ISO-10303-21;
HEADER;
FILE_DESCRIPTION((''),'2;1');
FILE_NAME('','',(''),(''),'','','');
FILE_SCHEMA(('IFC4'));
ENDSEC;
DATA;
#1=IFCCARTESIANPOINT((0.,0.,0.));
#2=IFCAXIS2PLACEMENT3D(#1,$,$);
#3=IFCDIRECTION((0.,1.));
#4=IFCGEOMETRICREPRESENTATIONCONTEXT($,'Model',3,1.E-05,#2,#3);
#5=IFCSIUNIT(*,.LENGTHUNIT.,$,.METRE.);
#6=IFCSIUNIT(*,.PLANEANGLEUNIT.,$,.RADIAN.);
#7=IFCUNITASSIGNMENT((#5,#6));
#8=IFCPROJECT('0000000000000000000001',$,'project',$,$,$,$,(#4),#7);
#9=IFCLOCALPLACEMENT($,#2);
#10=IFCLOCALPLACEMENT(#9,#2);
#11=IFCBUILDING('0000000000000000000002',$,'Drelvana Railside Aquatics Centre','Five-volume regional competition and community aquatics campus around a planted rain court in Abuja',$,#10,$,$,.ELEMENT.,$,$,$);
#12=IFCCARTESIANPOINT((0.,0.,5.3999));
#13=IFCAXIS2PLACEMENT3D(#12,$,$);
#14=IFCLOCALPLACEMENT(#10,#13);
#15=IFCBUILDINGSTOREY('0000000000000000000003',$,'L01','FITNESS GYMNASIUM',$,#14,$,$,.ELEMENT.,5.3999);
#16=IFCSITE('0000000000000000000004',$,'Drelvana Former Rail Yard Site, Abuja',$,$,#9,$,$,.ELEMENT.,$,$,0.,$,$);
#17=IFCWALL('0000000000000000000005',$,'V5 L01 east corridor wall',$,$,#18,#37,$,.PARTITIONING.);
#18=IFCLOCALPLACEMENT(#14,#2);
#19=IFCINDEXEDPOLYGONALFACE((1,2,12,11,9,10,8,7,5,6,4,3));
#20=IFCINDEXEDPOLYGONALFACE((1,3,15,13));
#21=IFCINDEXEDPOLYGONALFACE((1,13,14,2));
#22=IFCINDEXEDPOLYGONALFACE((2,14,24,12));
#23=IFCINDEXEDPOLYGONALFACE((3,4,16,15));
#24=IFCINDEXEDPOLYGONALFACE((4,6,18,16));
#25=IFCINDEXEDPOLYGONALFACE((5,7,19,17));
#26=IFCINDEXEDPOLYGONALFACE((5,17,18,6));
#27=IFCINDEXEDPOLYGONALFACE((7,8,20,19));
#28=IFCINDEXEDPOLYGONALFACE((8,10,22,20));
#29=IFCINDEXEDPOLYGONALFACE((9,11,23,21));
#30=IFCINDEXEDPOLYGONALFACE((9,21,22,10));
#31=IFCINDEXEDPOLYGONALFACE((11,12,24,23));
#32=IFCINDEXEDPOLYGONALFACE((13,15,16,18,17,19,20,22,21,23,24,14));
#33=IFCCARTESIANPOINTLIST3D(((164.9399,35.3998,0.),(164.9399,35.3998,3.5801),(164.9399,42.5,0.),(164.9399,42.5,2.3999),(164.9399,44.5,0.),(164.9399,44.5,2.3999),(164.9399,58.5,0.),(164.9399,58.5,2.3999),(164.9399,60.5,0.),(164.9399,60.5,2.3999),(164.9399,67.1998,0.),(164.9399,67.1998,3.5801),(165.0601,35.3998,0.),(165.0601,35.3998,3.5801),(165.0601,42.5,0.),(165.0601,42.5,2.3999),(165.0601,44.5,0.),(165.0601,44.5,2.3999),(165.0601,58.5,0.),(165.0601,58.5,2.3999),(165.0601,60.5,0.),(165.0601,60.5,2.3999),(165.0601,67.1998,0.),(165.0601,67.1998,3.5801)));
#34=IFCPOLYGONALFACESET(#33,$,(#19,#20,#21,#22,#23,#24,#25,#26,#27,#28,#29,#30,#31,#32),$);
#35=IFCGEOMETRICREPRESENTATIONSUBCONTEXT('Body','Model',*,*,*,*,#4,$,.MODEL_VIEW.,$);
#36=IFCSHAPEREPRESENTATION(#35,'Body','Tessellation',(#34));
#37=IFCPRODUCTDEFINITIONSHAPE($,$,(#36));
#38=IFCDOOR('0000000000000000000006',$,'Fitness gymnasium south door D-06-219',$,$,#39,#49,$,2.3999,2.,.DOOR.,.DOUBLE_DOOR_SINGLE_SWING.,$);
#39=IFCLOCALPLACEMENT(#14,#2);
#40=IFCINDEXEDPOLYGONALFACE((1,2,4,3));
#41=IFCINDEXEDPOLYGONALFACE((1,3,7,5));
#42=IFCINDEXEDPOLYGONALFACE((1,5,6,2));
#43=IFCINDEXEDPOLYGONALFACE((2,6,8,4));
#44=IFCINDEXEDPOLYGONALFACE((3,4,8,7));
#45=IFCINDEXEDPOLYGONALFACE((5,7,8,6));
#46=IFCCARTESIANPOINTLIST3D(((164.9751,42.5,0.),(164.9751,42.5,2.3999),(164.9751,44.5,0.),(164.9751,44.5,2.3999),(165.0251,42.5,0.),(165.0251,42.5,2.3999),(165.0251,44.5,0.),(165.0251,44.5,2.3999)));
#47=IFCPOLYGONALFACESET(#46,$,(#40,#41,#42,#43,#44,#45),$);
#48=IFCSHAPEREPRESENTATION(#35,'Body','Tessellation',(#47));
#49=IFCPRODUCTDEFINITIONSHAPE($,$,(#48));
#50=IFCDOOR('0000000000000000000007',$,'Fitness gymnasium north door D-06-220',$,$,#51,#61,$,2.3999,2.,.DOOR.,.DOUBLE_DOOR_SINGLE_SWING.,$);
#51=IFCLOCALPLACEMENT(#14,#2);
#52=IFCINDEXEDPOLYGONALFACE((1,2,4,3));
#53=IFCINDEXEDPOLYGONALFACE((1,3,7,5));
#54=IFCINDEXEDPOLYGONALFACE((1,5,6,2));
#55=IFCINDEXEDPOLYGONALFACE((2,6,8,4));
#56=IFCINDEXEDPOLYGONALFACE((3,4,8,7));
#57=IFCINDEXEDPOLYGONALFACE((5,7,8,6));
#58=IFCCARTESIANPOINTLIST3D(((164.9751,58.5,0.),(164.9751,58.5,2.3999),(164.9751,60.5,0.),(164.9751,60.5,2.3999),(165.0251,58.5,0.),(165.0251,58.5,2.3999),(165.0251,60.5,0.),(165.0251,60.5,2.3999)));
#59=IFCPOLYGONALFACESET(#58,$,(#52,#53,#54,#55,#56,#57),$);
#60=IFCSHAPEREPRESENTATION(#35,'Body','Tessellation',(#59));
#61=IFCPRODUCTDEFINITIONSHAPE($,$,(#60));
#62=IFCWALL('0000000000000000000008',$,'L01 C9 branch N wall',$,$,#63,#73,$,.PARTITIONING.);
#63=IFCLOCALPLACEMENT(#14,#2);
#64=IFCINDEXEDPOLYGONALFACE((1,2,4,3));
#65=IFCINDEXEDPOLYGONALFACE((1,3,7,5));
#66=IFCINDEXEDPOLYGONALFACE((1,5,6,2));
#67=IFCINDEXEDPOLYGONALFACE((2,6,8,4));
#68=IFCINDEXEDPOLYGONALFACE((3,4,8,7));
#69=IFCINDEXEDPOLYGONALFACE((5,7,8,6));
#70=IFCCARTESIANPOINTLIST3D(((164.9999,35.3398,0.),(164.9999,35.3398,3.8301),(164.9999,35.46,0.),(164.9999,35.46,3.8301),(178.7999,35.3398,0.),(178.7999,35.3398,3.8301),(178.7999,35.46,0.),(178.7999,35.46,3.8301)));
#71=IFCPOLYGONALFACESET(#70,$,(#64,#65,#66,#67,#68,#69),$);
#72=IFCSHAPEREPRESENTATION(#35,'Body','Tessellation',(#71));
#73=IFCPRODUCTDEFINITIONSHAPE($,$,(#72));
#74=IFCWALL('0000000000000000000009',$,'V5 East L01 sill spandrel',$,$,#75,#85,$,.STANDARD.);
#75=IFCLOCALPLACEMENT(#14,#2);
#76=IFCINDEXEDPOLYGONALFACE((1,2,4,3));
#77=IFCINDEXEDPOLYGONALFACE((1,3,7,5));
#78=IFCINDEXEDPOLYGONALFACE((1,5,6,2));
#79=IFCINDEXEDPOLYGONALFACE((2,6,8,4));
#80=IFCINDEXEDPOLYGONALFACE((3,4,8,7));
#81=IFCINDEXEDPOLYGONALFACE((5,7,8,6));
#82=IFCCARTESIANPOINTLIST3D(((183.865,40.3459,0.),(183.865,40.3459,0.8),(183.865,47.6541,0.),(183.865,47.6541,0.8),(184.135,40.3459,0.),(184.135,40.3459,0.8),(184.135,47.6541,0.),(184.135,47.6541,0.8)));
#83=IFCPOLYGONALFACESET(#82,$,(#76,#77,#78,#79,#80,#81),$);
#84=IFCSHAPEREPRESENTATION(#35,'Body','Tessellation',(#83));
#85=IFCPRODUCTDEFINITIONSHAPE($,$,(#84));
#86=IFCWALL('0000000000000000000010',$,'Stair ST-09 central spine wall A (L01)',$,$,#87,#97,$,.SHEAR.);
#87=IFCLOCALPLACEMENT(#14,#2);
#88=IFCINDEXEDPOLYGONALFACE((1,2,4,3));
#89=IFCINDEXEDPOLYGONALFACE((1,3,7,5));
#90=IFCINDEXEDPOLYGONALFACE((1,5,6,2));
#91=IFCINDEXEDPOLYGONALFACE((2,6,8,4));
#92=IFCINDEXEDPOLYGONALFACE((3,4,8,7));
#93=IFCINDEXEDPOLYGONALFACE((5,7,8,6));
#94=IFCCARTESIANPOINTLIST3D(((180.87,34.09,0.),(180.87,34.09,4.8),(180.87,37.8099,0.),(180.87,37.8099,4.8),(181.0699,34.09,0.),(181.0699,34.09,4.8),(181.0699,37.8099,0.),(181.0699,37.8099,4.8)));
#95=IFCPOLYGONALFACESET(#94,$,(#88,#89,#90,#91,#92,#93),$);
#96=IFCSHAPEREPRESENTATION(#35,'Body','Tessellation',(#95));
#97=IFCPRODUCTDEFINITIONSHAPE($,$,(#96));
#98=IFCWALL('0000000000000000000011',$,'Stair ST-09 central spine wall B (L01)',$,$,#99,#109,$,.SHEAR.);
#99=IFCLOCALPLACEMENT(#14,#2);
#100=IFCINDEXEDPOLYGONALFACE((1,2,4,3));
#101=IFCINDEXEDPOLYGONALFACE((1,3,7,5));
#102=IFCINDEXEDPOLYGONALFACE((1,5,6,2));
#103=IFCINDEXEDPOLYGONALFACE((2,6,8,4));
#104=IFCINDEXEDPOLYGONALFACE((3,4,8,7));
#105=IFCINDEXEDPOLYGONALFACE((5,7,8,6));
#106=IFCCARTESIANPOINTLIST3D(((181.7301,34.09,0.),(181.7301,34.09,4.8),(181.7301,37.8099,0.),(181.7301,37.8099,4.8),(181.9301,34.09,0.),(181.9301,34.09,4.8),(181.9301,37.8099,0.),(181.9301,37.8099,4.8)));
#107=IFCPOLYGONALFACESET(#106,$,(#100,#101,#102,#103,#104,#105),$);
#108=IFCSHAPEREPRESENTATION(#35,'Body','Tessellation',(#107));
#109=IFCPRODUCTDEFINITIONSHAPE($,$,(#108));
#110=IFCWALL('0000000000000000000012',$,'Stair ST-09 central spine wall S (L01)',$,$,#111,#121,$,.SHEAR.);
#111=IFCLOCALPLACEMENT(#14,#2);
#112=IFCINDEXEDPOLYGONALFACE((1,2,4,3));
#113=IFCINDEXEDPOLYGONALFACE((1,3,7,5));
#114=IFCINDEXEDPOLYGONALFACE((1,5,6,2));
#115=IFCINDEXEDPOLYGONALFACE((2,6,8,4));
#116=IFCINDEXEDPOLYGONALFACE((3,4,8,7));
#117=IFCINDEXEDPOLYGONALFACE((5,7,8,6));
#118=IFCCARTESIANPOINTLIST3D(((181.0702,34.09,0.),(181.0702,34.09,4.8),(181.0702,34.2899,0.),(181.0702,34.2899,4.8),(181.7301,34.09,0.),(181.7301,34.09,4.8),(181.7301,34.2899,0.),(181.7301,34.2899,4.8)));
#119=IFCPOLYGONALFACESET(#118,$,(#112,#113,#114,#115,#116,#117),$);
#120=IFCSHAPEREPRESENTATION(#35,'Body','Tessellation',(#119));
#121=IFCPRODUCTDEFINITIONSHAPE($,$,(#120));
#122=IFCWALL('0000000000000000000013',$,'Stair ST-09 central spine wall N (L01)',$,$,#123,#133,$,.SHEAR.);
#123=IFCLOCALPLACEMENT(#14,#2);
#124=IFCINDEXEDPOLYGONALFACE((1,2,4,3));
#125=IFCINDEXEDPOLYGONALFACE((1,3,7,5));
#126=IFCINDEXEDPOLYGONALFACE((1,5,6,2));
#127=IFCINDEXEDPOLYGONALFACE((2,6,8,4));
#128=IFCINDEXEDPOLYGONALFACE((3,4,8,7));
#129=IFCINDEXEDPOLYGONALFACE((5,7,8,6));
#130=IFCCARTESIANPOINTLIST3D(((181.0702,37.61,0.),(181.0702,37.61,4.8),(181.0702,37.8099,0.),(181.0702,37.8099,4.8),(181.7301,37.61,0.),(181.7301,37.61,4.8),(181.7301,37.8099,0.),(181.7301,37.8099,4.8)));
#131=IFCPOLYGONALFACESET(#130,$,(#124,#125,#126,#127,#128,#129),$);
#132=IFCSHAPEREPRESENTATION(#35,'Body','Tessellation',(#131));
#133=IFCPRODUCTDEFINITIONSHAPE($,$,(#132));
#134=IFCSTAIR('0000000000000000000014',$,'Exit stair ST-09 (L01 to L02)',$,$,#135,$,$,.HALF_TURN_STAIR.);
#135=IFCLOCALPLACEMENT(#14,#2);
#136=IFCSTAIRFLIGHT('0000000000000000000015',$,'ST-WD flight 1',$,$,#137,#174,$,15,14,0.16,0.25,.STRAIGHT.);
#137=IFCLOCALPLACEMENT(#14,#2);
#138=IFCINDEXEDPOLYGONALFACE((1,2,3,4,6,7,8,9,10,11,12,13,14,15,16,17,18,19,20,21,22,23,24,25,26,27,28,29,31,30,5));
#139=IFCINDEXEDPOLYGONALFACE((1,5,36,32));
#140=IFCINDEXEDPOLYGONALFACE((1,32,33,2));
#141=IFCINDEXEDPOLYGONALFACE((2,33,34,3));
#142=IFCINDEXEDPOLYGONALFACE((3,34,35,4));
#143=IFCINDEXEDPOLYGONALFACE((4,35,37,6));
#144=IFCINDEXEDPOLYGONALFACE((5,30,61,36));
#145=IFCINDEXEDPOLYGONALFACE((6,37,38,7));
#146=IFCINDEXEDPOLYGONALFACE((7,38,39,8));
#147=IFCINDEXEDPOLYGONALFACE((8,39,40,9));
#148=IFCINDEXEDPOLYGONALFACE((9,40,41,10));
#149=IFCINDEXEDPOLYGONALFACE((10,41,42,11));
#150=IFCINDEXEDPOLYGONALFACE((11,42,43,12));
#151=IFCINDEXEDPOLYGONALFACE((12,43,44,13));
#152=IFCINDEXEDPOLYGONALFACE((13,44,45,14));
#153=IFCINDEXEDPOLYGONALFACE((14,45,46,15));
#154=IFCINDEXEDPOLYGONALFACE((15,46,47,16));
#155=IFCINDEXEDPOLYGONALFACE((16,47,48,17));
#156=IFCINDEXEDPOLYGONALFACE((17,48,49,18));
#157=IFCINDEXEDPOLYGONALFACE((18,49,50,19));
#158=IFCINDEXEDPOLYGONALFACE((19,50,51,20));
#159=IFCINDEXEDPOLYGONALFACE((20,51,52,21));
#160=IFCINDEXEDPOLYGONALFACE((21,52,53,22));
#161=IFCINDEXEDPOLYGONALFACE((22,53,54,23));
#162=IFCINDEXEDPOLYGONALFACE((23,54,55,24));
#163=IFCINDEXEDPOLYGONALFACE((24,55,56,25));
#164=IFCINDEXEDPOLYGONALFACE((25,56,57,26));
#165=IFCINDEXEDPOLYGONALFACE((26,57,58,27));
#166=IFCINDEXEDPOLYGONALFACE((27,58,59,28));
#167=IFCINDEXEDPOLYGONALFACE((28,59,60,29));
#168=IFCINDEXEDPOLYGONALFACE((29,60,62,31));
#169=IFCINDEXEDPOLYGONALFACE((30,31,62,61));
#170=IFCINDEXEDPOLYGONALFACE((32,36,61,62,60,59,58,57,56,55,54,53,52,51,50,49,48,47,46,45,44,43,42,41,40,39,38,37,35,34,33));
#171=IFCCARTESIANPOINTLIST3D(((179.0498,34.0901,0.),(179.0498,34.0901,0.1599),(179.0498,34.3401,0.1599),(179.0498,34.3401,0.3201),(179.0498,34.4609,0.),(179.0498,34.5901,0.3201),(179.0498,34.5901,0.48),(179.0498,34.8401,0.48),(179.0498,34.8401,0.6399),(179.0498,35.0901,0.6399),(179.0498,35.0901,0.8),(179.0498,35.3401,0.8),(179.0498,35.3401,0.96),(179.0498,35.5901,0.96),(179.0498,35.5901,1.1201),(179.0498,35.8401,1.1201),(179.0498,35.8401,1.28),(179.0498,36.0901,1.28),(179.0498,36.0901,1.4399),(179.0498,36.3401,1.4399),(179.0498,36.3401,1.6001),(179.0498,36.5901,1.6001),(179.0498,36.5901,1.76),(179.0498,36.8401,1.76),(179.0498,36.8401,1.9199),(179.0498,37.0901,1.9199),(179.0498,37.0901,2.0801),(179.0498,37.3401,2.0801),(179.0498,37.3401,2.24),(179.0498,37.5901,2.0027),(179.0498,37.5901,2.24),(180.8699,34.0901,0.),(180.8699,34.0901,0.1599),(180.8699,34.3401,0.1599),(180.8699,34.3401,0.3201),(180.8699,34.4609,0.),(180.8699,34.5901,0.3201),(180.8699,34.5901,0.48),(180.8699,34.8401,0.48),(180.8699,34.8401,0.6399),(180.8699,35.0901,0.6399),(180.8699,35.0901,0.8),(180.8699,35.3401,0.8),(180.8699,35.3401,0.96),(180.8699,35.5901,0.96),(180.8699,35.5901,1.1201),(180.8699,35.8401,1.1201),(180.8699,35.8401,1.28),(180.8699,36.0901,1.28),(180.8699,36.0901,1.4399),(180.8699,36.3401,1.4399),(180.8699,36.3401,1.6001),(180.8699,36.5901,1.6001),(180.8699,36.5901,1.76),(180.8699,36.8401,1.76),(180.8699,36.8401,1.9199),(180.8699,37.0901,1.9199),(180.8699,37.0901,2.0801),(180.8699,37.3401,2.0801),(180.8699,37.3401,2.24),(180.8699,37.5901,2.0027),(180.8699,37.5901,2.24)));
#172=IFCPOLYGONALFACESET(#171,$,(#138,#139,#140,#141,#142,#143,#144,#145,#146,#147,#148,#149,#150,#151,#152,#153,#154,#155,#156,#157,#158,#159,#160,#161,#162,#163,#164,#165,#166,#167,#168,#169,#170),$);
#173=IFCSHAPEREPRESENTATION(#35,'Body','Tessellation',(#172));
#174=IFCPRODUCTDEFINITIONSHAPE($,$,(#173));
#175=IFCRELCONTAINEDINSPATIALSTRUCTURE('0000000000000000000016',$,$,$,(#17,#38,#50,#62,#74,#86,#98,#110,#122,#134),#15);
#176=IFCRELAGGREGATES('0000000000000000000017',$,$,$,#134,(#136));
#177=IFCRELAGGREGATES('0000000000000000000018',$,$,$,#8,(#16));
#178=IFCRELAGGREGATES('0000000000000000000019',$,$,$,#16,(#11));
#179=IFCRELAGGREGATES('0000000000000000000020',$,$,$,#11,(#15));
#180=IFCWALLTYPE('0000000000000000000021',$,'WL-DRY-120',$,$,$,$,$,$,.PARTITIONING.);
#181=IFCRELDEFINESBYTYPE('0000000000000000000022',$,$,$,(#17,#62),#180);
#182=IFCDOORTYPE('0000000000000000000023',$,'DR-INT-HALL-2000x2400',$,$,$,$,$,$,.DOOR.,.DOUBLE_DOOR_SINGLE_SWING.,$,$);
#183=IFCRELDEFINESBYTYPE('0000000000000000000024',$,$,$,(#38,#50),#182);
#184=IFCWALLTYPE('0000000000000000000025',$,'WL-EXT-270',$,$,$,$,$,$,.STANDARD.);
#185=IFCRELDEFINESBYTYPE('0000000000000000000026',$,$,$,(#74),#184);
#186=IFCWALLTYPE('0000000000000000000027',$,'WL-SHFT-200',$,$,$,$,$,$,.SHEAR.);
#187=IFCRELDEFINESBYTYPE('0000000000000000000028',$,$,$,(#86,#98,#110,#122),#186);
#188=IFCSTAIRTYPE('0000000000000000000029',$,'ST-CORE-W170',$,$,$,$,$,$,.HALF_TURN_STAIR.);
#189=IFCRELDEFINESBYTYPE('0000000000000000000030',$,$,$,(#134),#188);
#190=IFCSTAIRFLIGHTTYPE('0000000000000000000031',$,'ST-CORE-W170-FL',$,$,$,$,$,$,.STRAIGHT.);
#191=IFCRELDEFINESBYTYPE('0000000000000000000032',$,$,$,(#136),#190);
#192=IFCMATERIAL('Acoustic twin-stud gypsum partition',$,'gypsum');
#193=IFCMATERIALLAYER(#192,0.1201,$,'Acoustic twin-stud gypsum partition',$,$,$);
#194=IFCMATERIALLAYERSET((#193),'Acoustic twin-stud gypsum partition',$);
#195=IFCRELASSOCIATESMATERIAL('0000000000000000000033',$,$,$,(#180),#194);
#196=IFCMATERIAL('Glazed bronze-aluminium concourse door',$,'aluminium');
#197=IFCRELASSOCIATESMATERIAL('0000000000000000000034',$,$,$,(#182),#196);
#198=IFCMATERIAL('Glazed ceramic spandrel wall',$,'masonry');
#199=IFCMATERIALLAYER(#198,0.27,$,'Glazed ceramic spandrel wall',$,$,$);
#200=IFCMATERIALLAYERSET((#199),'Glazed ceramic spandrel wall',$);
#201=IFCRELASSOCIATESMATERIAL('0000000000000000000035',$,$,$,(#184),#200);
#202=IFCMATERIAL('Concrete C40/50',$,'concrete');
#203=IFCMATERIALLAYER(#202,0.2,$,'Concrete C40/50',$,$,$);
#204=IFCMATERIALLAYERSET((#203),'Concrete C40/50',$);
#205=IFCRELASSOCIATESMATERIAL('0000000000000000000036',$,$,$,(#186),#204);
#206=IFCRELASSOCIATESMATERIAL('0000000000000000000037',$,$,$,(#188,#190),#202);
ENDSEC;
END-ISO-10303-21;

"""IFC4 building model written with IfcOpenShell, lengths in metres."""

from ifc_helpers import new_model, si_unit, direction, frame, frame_2d, origin, place, context, subcontext, project, spatial, polyline, rectangle, outline, extrude, material, layer, layer_set, type_object, element, fill, aggregate, save


model = new_model("IFC4")

# Units and contexts
model_context = context("Model", 3, precision=1e-05, world=origin(), true_north=direction((0.0, 1.0)))
body_context = subcontext(model_context, "Body", "Model", "MODEL_VIEW")
ifc_project = project(units=[si_unit("LENGTHUNIT", "METRE"), si_unit("PLANEANGLEUNIT", "RADIAN")], contexts=[model_context])

# Site, building, storey
site_placement = place(None, origin())
site = spatial("IfcSite", under=ifc_project, at=site_placement, Name="Drelvana Former Rail Yard Site, Abuja", CompositionType="ELEMENT", RefElevation=0.0)
building_placement = place(site_placement, origin())
building = spatial("IfcBuilding", under=site, at=building_placement, Name="Drelvana Railside Aquatics Centre", Description="Five-volume regional competition and community aquatics campus around a planted rain court in Abuja", CompositionType="ELEMENT")
storey_placement = place(building_placement, frame((0.0, 0.0, 5.3999)))
storey = spatial("IfcBuildingStorey", under=building, at=storey_placement, Name="L01", Description="FITNESS GYMNASIUM", CompositionType="ELEMENT", Elevation=5.3999)

# Shared definitions
ifc_material_1 = material(Name="Concrete C40/50", Category="concrete")

# Wall, openings, doors
ifc_material_2 = material(Name="Acoustic twin-stud gypsum partition", Category="gypsum")
ifc_layer_1 = layer(ifc_material_2, 0.1201, Name="Acoustic twin-stud gypsum partition")
ifc_layer_set_1 = layer_set([ifc_layer_1], Name="Acoustic twin-stud gypsum partition")
wall_type_1 = type_object("IfcWallType", Name="WL-DRY-120", PredefinedType="PARTITIONING", material=ifc_layer_set_1)
wall_1_placement = place(storey_placement, frame((165.0, 35.3999, 0.0), z_axis=(0.0, 0.0, 1.0), x_axis=(0.0, 1.0, 0.0)))
wall_1 = element("IfcWall", 1, at=wall_1_placement, inside=storey, type_object=wall_type_1, Name="V5 L01 east corridor wall", PredefinedType="PARTITIONING", context=body_context, shape_type="SweptSolid", body=[
    extrude(rectangle(XDim=31.8, YDim=0.1201, at=frame_2d((15.8999, 0.0))), origin(), (0.0, 0.0, 1.0), 3.5801),
])
opening_1_placement = place(wall_1_placement, frame((7.1001, 0.0, 0.0)))
opening_1 = element("IfcOpeningElement", 2, at=opening_1_placement, cuts=wall_1, PredefinedType="OPENING", context=body_context, shape_type="SweptSolid", body=[
    extrude(rectangle(XDim=2.0, YDim=2.3999, at=frame_2d((1.0, 1.2))), frame((0.0, 0.0701, 0.0), z_axis=(0.0, -1.0, 0.0), x_axis=(1.0, 0.0, 0.0)), (0.0, 0.0, 1.0), 0.1401),
])
opening_2_placement = place(wall_1_placement, frame((23.1001, 0.0, 0.0)))
opening_2 = element("IfcOpeningElement", 3, at=opening_2_placement, cuts=wall_1, PredefinedType="OPENING", context=body_context, shape_type="SweptSolid", body=[
    extrude(rectangle(XDim=2.0, YDim=2.3999, at=frame_2d((1.0, 1.2))), frame((0.0, 0.0701, 0.0), z_axis=(0.0, -1.0, 0.0), x_axis=(1.0, 0.0, 0.0)), (0.0, 0.0, 1.0), 0.1401),
])
ifc_material_3 = material(Name="Glazed bronze-aluminium concourse door", Category="aluminium")
door_type = type_object("IfcDoorType", Name="DR-INT-HALL-2000x2400", OperationType="DOUBLE_DOOR_SINGLE_SWING", PredefinedType="DOOR", material=ifc_material_3)
door_1_placement = place(opening_1_placement, origin())
door_1 = element("IfcDoor", 4, at=door_1_placement, inside=storey, type_object=door_type, Name="Fitness gymnasium south door D-06-219", OperationType="DOUBLE_DOOR_SINGLE_SWING", OverallHeight=2.3999, OverallWidth=2.0, PredefinedType="DOOR", context=body_context, shape_type="SweptSolid", body=[
    extrude(rectangle(XDim=2.0, YDim=2.3999, at=frame_2d((1.0, 1.2))), frame((0.0, 0.0249, 0.0), z_axis=(0.0, -1.0, 0.0), x_axis=(1.0, 0.0, 0.0)), (0.0, 0.0, 1.0), 0.05),
])
fill(opening_1, door_1)
door_2_placement = place(opening_2_placement, origin())
door_2 = element("IfcDoor", 5, at=door_2_placement, inside=storey, type_object=door_type, Name="Fitness gymnasium north door D-06-220", OperationType="DOUBLE_DOOR_SINGLE_SWING", OverallHeight=2.3999, OverallWidth=2.0, PredefinedType="DOOR", context=body_context, shape_type="SweptSolid", body=[
    extrude(rectangle(XDim=2.0, YDim=2.3999, at=frame_2d((1.0, 1.2))), frame((0.0, 0.0249, 0.0), z_axis=(0.0, -1.0, 0.0), x_axis=(1.0, 0.0, 0.0)), (0.0, 0.0, 1.0), 0.05),
])
fill(opening_2, door_2)

# Walls
wall_2_placement = place(storey_placement, frame((165.0, 35.3999, 0.0), z_axis=(0.0, 0.0, 1.0), x_axis=(1.0, 0.0, 0.0)))
element("IfcWall", 6, at=wall_2_placement, inside=storey, type_object=wall_type_1, Name="L01 C9 branch N wall", PredefinedType="PARTITIONING", context=body_context, shape_type="SweptSolid", body=[
    extrude(rectangle(XDim=13.8, YDim=0.1201, at=frame_2d((6.8999, 0.0))), origin(), (0.0, 0.0, 1.0), 3.8301),
])
ifc_material_4 = material(Name="Glazed ceramic spandrel wall", Category="masonry")
ifc_layer_2 = layer(ifc_material_4, 0.27, Name="Glazed ceramic spandrel wall")
ifc_layer_set_2 = layer_set([ifc_layer_2], Name="Glazed ceramic spandrel wall")
wall_type_2 = type_object("IfcWallType", Name="WL-EXT-270", PredefinedType="STANDARD", material=ifc_layer_set_2)
wall_3_placement = place(storey_placement, frame((184.0, 40.3459, 0.0), z_axis=(0.0, 0.0, 1.0), x_axis=(0.0, 1.0, 0.0)))
element("IfcWall", 7, at=wall_3_placement, inside=storey, type_object=wall_type_2, Name="V5 East L01 sill spandrel", PredefinedType="STANDARD", context=body_context, shape_type="SweptSolid", body=[
    extrude(rectangle(XDim=7.3081, YDim=0.27, at=frame_2d((3.6541, 0.0))), origin(), (0.0, 0.0, 1.0), 0.8),
])
ifc_layer_3 = layer(ifc_material_1, 0.2, Name="Concrete C40/50")
ifc_layer_set_3 = layer_set([ifc_layer_3], Name="Concrete C40/50")
wall_type_3 = type_object("IfcWallType", Name="WL-SHFT-200", PredefinedType="SHEAR", material=ifc_layer_set_3)
for number, where, z_axis, x_axis, name in (
    (8, (180.97, 34.0901, 0.0), (0.0, 0.0, 1.0), (0.0, 1.0, 0.0), "Stair ST-09 central spine wall A (L01)"),
    (9, (181.8301, 34.0901, 0.0), (0.0, 0.0, 1.0), (0.0, 1.0, 0.0), "Stair ST-09 central spine wall B (L01)"),
):
    element("IfcWall", number, at=place(storey_placement, frame(where, z_axis=z_axis, x_axis=x_axis)), inside=storey, type_object=wall_type_3, Name=name, PredefinedType="SHEAR", context=body_context, shape_type="SweptSolid", body=[
        extrude(rectangle(XDim=3.72, YDim=0.2, at=frame_2d((1.8599, 0.0))), origin(), (0.0, 0.0, 1.0), 4.8),
    ])
for number, where, z_axis, x_axis, name in (
    (10, (181.0701, 34.1899, 0.0), (0.0, 0.0, 1.0), (1.0, 0.0, 0.0), "Stair ST-09 central spine wall S (L01)"),
    (11, (181.0701, 37.71, 0.0), (0.0, 0.0, 1.0), (1.0, 0.0, 0.0), "Stair ST-09 central spine wall N (L01)"),
):
    element("IfcWall", number, at=place(storey_placement, frame(where, z_axis=z_axis, x_axis=x_axis)), inside=storey, type_object=wall_type_3, Name=name, PredefinedType="SHEAR", context=body_context, shape_type="SweptSolid", body=[
        extrude(rectangle(XDim=0.6599, YDim=0.2, at=frame_2d((0.3301, 0.0))), origin(), (0.0, 0.0, 1.0), 4.8),
    ])

# Stair, stair flight
stair_type = type_object("IfcStairType", Name="ST-CORE-W170", PredefinedType="HALF_TURN_STAIR", material=ifc_material_1)
stair_placement = place(storey_placement, origin())
stair = element("IfcStair", 12, at=stair_placement, inside=storey, type_object=stair_type, Name="Exit stair ST-09 (L01 to L02)", PredefinedType="HALF_TURN_STAIR")
stair_flight_type = type_object("IfcStairFlightType", Name="ST-CORE-W170-FL", PredefinedType="STRAIGHT", material=ifc_material_1)
stair_flight_1_placement = place(storey_placement, frame((179.96, 34.0901, 0.0), z_axis=(0.0, 0.0, 1.0), x_axis=(0.0, 1.0, 0.0)))
stair_flight_1 = element("IfcStairFlight", 13, at=stair_flight_1_placement, type_object=stair_flight_type, Name="ST-WD flight 1", NumberOfRisers=15, NumberOfTreads=14, PredefinedType="STRAIGHT", RiserHeight=0.16, TreadLength=0.25, context=body_context, shape_type="SweptSolid", body=[
    extrude(outline(polyline([(0.0, 0.0), (0.0, 0.1599), (0.25, 0.1599), (0.25, 0.3201), (0.5, 0.3201), (0.5, 0.48), (0.75, 0.48), (0.75, 0.6399), (1.0, 0.6399), (1.0, 0.8), (1.25, 0.8), (1.25, 0.96), (1.5, 0.96), (1.5, 1.1201), (1.75, 1.1201), (1.75, 1.28), (2.0, 1.28), (2.0, 1.4399), (2.25, 1.4399), (2.25, 1.6001), (2.5, 1.6001), (2.5, 1.76), (2.75, 1.76), (2.75, 1.9199), (3.0, 1.9199), (3.0, 2.0801), (3.25, 2.0801), (3.25, 2.24), (3.5, 2.24), (3.5, 2.3999), (3.5, 2.0027), (0.3708, 0.0), (0.0, 0.0)])), frame((0.0, 0.9102, 0.0), z_axis=(0.0, -1.0, 0.0), x_axis=(1.0, 0.0, 0.0)), (0.0, 0.0, 1.0), 1.8201),
])
aggregate(stair, [stair_flight_1])

save(model, "model.ifc")
